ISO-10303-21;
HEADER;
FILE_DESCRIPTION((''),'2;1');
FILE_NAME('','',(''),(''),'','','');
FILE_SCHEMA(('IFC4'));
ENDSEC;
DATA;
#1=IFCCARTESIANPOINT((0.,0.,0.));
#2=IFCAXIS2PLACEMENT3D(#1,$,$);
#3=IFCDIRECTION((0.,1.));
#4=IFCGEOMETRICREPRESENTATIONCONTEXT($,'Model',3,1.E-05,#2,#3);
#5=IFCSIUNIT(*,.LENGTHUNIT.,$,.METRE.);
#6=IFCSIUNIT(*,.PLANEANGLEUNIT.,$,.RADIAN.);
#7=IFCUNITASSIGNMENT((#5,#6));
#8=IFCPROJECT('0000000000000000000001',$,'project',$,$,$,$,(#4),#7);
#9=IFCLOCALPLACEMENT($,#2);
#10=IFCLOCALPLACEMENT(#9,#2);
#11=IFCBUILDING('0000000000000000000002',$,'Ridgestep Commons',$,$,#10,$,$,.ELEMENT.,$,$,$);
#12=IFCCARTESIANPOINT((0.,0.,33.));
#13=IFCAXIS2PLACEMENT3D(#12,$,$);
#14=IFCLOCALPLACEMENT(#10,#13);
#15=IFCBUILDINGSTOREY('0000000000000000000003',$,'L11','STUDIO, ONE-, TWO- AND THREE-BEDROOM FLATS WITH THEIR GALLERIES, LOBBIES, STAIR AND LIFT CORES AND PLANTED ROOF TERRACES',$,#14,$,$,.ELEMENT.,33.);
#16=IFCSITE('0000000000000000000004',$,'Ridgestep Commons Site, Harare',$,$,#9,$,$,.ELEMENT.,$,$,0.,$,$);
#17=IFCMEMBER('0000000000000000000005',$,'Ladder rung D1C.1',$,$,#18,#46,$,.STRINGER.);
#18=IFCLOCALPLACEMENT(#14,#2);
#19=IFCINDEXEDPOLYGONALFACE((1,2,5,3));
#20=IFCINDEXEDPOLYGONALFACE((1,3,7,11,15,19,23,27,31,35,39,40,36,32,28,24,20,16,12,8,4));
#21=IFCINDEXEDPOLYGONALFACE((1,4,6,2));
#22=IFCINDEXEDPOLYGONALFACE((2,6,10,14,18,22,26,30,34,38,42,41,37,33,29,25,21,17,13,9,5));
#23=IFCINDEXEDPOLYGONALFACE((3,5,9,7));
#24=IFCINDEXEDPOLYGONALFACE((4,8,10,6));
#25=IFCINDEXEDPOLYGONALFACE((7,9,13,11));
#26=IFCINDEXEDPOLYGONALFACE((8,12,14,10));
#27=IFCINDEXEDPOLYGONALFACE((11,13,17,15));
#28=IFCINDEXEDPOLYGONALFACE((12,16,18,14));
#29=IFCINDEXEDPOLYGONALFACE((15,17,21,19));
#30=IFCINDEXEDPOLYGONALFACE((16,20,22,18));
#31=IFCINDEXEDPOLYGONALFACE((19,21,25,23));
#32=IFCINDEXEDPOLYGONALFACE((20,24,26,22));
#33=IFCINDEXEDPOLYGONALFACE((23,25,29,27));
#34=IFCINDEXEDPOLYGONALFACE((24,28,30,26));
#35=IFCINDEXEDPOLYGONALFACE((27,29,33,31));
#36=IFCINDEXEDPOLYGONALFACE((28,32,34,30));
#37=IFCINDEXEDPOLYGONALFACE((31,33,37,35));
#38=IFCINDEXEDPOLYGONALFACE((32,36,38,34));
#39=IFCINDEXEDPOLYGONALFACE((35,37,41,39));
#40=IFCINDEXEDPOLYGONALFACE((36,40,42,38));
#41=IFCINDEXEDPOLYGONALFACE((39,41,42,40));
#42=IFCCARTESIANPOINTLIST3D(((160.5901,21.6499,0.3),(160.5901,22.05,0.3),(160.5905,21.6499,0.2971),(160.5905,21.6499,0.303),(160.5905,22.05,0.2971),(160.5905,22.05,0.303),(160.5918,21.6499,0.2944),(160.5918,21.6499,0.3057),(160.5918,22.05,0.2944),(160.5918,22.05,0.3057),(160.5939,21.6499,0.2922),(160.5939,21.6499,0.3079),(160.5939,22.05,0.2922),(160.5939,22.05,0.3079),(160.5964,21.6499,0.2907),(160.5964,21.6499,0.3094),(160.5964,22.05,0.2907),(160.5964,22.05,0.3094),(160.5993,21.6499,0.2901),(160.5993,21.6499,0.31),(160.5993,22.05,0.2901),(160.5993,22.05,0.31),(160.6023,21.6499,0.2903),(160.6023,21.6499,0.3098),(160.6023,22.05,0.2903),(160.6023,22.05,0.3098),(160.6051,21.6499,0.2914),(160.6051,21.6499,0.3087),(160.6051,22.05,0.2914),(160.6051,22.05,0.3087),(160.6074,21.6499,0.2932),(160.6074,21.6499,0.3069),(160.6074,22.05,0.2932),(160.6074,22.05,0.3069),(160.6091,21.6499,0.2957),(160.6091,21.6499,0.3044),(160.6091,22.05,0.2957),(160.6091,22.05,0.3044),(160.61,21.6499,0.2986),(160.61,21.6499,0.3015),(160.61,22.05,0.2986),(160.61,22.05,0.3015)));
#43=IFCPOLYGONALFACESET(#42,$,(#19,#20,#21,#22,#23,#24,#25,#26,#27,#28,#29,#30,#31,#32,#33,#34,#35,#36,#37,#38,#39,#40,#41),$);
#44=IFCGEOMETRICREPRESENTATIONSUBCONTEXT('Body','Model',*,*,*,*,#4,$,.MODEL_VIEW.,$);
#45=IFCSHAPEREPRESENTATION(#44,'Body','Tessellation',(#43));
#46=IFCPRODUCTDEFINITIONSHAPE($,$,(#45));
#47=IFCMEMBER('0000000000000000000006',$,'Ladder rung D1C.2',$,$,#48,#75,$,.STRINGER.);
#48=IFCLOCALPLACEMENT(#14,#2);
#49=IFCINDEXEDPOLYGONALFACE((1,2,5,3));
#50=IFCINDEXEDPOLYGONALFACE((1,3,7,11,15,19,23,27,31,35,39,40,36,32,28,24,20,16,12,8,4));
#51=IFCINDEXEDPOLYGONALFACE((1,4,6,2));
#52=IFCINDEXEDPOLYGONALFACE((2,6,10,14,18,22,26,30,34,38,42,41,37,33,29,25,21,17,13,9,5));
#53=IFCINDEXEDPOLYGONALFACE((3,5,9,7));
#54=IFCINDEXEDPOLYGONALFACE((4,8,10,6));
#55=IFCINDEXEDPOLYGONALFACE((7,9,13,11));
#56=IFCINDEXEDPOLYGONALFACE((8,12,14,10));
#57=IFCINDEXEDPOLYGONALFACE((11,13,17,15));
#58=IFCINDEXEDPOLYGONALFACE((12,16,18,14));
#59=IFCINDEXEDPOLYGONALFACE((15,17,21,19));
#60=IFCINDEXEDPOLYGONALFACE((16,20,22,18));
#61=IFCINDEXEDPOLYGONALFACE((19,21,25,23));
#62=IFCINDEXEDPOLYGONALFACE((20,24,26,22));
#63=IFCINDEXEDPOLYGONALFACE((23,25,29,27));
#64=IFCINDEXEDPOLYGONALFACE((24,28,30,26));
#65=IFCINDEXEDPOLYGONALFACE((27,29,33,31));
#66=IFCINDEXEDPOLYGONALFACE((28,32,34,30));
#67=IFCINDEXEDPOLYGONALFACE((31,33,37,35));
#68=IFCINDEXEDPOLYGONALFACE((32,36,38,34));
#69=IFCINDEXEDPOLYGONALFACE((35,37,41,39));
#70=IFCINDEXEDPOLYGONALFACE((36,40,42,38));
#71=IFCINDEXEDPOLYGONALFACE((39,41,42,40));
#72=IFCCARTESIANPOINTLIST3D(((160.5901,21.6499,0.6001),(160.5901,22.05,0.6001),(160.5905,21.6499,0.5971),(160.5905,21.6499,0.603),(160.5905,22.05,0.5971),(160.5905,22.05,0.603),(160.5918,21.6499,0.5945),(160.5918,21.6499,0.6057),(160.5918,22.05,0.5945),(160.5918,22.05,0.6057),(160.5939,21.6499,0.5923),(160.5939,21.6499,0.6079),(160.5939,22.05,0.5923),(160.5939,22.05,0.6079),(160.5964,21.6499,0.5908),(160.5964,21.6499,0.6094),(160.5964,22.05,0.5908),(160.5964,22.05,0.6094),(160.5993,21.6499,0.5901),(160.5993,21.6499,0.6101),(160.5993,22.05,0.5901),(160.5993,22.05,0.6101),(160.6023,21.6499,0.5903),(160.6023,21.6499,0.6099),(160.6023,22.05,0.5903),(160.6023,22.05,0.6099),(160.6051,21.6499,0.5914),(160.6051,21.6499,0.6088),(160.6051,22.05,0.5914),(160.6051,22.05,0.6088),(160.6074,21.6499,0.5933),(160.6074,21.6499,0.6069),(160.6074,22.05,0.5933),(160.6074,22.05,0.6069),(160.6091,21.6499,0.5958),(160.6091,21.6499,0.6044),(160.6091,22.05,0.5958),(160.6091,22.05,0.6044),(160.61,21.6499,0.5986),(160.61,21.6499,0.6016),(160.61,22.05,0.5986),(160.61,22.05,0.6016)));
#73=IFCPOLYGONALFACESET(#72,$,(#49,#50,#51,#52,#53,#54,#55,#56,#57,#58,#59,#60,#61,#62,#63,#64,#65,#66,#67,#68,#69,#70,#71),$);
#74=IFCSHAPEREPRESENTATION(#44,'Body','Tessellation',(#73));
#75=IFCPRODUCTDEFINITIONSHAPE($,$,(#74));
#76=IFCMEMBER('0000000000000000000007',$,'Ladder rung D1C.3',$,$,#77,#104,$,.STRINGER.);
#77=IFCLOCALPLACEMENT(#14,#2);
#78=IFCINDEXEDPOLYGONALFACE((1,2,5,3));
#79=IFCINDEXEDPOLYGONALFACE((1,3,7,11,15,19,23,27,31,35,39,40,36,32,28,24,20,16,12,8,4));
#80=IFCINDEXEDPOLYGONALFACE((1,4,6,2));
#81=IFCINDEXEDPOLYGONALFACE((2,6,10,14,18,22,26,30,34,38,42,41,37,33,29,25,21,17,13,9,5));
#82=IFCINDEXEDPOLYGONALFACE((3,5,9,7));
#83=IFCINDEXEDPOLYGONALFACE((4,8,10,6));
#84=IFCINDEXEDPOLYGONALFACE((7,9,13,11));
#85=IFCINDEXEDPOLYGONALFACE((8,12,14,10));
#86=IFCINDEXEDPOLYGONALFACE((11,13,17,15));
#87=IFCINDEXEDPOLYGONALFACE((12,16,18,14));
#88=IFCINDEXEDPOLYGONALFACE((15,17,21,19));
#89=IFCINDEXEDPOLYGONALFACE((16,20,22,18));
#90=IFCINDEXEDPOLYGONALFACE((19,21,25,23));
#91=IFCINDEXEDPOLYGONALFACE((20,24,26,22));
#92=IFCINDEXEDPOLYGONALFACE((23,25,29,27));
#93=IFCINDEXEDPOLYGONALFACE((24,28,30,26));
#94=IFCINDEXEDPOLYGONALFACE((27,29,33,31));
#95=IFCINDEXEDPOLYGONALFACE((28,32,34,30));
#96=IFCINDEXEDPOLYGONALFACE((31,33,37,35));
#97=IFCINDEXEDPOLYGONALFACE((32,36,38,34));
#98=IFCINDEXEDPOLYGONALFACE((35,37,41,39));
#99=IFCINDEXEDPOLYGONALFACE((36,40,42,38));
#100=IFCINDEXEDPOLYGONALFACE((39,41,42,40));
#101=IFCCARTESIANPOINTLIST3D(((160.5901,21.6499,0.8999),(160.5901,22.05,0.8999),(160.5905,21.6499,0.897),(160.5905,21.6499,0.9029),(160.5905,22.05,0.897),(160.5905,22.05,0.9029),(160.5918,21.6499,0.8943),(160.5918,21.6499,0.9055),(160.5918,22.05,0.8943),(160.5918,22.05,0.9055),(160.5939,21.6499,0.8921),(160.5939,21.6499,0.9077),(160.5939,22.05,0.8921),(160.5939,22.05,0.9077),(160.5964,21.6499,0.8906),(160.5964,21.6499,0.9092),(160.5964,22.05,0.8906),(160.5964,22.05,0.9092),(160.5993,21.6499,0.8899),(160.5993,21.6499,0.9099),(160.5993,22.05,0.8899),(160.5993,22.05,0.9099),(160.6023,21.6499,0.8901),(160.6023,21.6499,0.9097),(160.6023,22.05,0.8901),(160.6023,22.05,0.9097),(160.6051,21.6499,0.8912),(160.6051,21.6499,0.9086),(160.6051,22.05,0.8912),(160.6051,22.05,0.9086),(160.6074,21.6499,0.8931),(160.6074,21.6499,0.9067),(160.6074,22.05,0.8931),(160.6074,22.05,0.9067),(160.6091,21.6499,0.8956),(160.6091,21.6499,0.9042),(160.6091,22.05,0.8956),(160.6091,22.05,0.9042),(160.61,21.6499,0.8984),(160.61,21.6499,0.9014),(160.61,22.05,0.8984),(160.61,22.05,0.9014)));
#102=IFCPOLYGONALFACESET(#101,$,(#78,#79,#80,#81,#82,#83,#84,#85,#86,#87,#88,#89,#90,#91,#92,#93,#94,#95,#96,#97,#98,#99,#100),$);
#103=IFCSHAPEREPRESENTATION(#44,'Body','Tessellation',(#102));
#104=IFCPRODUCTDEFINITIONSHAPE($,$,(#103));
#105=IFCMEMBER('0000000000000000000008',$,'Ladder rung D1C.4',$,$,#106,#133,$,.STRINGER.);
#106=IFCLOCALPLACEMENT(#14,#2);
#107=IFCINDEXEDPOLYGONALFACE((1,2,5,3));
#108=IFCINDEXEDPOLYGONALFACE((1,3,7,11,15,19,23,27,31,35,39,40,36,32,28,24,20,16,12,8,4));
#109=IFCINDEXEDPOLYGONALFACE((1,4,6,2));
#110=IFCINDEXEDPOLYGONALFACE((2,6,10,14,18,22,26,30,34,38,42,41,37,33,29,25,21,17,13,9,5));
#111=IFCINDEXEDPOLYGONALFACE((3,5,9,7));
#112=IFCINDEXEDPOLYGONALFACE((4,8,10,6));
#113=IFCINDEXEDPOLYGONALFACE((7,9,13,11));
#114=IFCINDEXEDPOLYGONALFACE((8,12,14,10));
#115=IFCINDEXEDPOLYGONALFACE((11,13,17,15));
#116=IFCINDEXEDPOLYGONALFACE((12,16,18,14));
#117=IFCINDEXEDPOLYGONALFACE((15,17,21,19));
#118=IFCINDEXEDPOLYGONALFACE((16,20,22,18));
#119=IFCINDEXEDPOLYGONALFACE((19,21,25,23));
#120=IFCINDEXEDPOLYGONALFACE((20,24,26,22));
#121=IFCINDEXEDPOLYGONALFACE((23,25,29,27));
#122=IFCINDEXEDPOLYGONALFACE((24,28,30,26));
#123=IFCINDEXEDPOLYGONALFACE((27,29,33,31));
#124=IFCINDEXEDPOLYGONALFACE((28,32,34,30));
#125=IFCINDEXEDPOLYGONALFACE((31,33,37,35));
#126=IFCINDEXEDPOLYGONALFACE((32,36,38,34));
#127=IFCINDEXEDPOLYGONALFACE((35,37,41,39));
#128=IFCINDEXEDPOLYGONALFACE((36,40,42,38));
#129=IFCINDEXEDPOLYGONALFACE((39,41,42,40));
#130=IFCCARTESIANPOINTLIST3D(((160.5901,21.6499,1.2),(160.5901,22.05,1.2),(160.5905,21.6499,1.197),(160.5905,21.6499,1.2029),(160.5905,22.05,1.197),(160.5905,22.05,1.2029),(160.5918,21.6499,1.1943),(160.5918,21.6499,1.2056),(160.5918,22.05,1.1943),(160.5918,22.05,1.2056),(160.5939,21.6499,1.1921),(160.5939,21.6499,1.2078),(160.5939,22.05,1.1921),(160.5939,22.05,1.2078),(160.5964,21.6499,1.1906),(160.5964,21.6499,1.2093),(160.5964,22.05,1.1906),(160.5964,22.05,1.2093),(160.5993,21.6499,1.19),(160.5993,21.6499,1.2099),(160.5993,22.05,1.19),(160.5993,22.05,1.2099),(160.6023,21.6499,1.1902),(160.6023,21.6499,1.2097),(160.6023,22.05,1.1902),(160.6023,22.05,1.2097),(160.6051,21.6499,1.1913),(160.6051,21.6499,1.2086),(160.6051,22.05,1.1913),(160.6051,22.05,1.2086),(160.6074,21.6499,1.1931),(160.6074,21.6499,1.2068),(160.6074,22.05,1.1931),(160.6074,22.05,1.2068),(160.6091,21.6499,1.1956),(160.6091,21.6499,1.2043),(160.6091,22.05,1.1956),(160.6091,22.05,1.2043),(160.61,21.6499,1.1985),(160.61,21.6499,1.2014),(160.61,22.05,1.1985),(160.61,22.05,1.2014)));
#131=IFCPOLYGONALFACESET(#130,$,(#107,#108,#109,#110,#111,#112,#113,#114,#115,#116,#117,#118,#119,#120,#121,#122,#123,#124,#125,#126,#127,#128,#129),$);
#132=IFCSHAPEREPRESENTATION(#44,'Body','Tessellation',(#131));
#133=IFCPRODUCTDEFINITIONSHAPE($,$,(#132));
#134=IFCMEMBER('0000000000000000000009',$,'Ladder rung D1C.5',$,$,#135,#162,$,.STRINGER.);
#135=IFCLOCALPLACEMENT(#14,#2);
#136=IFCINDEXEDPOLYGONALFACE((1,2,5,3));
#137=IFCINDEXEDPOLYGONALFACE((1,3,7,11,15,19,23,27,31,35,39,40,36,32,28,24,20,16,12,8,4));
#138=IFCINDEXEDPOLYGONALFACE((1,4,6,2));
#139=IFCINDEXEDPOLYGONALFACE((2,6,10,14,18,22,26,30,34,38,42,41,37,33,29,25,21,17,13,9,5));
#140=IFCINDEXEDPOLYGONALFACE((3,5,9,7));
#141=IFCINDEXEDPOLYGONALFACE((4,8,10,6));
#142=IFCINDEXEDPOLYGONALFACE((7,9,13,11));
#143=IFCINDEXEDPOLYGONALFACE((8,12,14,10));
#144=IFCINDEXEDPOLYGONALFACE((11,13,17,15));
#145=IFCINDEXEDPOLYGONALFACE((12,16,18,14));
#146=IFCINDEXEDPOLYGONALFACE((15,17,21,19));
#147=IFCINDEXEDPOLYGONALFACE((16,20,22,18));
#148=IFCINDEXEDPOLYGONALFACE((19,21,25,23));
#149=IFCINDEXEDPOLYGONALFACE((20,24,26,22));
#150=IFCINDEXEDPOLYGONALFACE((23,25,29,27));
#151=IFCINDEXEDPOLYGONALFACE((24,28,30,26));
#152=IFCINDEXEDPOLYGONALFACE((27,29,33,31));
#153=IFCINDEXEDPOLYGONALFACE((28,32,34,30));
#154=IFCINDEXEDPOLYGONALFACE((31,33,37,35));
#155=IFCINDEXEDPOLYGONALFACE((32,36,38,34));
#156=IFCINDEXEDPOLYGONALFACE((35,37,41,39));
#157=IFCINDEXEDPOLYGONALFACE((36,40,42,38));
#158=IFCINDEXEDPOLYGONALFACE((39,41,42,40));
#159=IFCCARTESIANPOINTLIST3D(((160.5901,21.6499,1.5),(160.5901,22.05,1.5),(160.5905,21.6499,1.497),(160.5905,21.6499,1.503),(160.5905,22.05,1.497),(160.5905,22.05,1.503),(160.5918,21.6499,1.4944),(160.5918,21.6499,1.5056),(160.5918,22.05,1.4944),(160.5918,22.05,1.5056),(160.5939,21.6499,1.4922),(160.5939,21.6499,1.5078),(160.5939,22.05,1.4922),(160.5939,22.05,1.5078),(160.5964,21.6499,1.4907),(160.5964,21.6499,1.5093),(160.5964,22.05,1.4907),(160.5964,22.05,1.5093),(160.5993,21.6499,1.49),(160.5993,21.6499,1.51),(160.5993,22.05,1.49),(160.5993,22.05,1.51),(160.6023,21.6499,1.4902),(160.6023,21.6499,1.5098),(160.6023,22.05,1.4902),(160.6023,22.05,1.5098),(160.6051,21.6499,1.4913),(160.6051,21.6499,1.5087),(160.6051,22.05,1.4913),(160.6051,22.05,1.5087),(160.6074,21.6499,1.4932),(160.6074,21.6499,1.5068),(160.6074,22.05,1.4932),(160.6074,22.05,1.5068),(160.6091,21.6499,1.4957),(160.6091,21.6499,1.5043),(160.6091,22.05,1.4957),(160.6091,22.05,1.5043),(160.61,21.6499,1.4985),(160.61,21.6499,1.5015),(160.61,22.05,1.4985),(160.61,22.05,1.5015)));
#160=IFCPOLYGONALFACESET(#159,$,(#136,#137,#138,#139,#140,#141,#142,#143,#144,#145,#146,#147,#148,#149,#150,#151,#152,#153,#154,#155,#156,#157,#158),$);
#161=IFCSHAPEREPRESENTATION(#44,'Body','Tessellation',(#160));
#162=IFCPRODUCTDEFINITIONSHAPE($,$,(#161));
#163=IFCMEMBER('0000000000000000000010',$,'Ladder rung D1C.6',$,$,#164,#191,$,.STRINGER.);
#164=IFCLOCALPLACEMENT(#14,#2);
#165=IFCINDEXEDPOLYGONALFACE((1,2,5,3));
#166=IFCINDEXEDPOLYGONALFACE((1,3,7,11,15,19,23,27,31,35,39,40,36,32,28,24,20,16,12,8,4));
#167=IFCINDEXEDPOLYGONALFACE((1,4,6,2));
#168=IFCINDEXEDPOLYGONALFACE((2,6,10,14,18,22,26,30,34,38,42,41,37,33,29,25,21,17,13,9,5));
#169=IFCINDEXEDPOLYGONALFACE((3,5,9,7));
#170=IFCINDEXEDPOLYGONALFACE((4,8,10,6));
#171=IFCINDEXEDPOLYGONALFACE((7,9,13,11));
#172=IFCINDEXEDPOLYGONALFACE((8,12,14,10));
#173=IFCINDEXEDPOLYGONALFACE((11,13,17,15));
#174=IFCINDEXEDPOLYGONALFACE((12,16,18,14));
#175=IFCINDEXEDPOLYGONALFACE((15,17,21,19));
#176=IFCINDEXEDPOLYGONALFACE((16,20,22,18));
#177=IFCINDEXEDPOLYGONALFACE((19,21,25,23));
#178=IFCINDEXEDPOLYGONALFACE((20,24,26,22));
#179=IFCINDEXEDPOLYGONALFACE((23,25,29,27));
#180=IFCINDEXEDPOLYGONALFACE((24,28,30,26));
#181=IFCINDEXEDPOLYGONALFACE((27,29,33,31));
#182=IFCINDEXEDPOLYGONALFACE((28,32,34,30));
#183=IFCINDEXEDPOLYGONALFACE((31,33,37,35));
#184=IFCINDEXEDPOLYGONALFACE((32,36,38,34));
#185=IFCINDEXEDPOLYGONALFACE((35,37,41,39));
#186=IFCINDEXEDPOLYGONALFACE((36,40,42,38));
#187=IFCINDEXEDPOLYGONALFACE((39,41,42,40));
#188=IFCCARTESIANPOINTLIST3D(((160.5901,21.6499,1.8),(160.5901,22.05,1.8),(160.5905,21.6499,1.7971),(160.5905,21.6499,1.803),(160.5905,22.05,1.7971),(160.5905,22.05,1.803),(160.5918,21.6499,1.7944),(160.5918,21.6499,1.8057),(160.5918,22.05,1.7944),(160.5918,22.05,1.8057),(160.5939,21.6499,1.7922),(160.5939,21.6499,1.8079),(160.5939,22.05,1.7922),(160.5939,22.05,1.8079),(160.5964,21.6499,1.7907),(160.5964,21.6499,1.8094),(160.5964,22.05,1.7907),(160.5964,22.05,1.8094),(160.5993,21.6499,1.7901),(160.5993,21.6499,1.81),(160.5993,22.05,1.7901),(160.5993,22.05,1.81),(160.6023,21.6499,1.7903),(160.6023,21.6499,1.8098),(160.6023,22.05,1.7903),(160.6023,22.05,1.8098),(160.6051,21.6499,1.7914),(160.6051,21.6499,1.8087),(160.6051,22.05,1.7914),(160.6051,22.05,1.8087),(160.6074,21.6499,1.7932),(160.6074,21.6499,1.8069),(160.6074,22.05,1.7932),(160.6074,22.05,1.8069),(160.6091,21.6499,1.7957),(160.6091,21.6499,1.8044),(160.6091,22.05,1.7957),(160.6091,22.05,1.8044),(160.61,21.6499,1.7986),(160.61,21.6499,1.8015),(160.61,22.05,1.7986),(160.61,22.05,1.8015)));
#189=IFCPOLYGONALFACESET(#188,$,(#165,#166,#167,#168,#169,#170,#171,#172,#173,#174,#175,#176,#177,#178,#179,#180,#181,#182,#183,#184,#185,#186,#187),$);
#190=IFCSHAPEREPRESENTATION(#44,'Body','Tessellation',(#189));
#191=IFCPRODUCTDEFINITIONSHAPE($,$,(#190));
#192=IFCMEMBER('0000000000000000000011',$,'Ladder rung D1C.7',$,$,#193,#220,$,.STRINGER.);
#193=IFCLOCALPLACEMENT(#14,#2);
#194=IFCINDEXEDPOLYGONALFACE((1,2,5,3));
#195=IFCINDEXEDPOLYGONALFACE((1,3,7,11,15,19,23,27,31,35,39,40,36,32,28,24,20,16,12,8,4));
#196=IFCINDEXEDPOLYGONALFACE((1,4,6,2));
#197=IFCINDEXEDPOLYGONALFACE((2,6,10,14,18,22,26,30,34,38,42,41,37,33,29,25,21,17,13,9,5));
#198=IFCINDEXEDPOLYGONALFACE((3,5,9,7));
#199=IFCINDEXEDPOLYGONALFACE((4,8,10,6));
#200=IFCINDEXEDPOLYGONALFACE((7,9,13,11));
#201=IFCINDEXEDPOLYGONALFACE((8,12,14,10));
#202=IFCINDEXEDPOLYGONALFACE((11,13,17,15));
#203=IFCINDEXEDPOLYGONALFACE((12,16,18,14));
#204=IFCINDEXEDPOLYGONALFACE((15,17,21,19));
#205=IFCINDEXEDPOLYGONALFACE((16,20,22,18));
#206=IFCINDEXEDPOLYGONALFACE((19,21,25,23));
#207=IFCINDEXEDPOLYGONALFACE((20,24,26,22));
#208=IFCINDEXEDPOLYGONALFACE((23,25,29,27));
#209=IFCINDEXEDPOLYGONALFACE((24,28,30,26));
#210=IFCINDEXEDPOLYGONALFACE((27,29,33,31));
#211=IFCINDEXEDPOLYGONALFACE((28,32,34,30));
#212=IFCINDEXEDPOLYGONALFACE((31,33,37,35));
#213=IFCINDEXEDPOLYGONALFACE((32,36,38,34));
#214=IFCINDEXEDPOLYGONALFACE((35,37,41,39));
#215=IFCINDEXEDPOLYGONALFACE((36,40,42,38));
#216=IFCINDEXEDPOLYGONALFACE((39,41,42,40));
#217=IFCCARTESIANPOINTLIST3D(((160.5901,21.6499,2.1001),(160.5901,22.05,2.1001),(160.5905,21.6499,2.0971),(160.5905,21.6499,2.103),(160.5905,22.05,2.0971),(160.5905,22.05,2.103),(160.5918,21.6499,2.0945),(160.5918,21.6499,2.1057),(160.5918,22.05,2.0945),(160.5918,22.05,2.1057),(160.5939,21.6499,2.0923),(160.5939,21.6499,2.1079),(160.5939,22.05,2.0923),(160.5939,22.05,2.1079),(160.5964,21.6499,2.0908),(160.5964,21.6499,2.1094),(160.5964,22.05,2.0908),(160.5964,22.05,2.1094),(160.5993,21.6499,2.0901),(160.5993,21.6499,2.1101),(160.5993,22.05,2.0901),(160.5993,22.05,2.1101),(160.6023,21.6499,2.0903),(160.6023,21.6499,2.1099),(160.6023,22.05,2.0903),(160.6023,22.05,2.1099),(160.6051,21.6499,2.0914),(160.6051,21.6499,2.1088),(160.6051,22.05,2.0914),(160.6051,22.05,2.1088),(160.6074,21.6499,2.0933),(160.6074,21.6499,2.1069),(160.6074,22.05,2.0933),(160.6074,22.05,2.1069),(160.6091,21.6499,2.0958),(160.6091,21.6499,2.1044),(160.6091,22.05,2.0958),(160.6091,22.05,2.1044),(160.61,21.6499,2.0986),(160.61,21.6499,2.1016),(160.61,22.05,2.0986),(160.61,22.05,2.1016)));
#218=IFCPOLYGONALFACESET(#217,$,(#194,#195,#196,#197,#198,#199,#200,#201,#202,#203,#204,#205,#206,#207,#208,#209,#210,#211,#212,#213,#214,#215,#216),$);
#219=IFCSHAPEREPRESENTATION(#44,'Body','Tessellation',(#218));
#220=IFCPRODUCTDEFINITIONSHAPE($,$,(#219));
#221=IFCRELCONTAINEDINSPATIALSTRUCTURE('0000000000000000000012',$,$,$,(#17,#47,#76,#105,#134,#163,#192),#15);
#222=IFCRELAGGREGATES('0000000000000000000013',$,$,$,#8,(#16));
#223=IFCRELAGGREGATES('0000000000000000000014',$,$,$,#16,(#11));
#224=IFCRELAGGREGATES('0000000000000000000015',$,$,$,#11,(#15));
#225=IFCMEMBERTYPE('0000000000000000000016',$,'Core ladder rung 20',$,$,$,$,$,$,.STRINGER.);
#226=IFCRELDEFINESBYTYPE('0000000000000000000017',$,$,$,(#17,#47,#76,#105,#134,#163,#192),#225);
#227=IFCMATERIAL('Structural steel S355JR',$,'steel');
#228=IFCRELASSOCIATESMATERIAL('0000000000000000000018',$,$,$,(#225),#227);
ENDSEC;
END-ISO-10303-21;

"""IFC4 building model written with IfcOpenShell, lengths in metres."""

from ifc_helpers import new_model, si_unit, direction, frame, origin, origin_2d, place, context, subcontext, project, spatial, circle, extrude, material, material_profile, profile_set, type_object, element, save


model = new_model("IFC4")

# Units and contexts
model_context = context("Model", 3, precision=1e-05, world=origin(), true_north=direction((0.0, 1.0)))
body_context = subcontext(model_context, "Body", "Model", "MODEL_VIEW")
ifc_project = project(units=[si_unit("LENGTHUNIT", "METRE"), si_unit("PLANEANGLEUNIT", "RADIAN")], contexts=[model_context])

# Site, building, storey
site_placement = place(None, origin())
site = spatial("IfcSite", under=ifc_project, at=site_placement, Name="Ridgestep Commons Site, Harare", CompositionType="ELEMENT", RefElevation=0.0)
building_placement = place(site_placement, origin())
building = spatial("IfcBuilding", under=site, at=building_placement, Name="Ridgestep Commons", CompositionType="ELEMENT")
storey_placement = place(building_placement, frame((0.0, 0.0, 33.0)))
storey = spatial("IfcBuildingStorey", under=building, at=storey_placement, Name="L11", Description="STUDIO, ONE-, TWO- AND THREE-BEDROOM FLATS WITH THEIR GALLERIES, LOBBIES, STAIR AND LIFT CORES AND PLANTED ROOF TERRACES", CompositionType="ELEMENT", Elevation=33.0)

# Members
ifc_material_1 = material(Name="Structural steel S355JR", Category="steel")
ifc_material_profile_1 = material_profile(ifc_material_1, circle(Radius=0.01, at=origin_2d()), Name="Round bar 20")
ifc_profile_set_1 = profile_set([ifc_material_profile_1], Name="Structural steel S355JR")
member_type_1 = type_object("IfcMemberType", Name="Core ladder rung 20", PredefinedType="STRINGER", material=ifc_profile_set_1)
for number, where, z_axis, x_axis, name in (
    (1, (160.6001, 21.6499, 0.3), (0.0, 1.0, 0.0), (-1.0, 0.0, 0.0), "Ladder rung D1C.1"),
    (2, (160.6001, 21.6499, 0.6001), (0.0, 1.0, 0.0), (-1.0, 0.0, 0.0), "Ladder rung D1C.2"),
    (3, (160.6001, 21.6499, 0.8999), (0.0, 1.0, 0.0), (-1.0, 0.0, 0.0), "Ladder rung D1C.3"),
    (4, (160.6001, 21.6499, 1.2), (0.0, 1.0, 0.0), (-1.0, 0.0, 0.0), "Ladder rung D1C.4"),
    (5, (160.6001, 21.6499, 1.5), (0.0, 1.0, 0.0), (-1.0, 0.0, 0.0), "Ladder rung D1C.5"),
    (6, (160.6001, 21.6499, 1.8), (0.0, 1.0, 0.0), (-1.0, 0.0, 0.0), "Ladder rung D1C.6"),
    (7, (160.6001, 21.6499, 2.1001), (0.0, 1.0, 0.0), (-1.0, 0.0, 0.0), "Ladder rung D1C.7"),
):
    element("IfcMember", number, at=place(storey_placement, frame(where, z_axis=z_axis, x_axis=x_axis)), inside=storey, type_object=member_type_1, Name=name, PredefinedType="STRINGER", context=body_context, shape_type="SweptSolid", body=[
        extrude(circle(Radius=0.01, at=origin_2d()), origin(), (0.0, 0.0, 1.0), 0.4001),
    ])

save(model, "model.ifc")
